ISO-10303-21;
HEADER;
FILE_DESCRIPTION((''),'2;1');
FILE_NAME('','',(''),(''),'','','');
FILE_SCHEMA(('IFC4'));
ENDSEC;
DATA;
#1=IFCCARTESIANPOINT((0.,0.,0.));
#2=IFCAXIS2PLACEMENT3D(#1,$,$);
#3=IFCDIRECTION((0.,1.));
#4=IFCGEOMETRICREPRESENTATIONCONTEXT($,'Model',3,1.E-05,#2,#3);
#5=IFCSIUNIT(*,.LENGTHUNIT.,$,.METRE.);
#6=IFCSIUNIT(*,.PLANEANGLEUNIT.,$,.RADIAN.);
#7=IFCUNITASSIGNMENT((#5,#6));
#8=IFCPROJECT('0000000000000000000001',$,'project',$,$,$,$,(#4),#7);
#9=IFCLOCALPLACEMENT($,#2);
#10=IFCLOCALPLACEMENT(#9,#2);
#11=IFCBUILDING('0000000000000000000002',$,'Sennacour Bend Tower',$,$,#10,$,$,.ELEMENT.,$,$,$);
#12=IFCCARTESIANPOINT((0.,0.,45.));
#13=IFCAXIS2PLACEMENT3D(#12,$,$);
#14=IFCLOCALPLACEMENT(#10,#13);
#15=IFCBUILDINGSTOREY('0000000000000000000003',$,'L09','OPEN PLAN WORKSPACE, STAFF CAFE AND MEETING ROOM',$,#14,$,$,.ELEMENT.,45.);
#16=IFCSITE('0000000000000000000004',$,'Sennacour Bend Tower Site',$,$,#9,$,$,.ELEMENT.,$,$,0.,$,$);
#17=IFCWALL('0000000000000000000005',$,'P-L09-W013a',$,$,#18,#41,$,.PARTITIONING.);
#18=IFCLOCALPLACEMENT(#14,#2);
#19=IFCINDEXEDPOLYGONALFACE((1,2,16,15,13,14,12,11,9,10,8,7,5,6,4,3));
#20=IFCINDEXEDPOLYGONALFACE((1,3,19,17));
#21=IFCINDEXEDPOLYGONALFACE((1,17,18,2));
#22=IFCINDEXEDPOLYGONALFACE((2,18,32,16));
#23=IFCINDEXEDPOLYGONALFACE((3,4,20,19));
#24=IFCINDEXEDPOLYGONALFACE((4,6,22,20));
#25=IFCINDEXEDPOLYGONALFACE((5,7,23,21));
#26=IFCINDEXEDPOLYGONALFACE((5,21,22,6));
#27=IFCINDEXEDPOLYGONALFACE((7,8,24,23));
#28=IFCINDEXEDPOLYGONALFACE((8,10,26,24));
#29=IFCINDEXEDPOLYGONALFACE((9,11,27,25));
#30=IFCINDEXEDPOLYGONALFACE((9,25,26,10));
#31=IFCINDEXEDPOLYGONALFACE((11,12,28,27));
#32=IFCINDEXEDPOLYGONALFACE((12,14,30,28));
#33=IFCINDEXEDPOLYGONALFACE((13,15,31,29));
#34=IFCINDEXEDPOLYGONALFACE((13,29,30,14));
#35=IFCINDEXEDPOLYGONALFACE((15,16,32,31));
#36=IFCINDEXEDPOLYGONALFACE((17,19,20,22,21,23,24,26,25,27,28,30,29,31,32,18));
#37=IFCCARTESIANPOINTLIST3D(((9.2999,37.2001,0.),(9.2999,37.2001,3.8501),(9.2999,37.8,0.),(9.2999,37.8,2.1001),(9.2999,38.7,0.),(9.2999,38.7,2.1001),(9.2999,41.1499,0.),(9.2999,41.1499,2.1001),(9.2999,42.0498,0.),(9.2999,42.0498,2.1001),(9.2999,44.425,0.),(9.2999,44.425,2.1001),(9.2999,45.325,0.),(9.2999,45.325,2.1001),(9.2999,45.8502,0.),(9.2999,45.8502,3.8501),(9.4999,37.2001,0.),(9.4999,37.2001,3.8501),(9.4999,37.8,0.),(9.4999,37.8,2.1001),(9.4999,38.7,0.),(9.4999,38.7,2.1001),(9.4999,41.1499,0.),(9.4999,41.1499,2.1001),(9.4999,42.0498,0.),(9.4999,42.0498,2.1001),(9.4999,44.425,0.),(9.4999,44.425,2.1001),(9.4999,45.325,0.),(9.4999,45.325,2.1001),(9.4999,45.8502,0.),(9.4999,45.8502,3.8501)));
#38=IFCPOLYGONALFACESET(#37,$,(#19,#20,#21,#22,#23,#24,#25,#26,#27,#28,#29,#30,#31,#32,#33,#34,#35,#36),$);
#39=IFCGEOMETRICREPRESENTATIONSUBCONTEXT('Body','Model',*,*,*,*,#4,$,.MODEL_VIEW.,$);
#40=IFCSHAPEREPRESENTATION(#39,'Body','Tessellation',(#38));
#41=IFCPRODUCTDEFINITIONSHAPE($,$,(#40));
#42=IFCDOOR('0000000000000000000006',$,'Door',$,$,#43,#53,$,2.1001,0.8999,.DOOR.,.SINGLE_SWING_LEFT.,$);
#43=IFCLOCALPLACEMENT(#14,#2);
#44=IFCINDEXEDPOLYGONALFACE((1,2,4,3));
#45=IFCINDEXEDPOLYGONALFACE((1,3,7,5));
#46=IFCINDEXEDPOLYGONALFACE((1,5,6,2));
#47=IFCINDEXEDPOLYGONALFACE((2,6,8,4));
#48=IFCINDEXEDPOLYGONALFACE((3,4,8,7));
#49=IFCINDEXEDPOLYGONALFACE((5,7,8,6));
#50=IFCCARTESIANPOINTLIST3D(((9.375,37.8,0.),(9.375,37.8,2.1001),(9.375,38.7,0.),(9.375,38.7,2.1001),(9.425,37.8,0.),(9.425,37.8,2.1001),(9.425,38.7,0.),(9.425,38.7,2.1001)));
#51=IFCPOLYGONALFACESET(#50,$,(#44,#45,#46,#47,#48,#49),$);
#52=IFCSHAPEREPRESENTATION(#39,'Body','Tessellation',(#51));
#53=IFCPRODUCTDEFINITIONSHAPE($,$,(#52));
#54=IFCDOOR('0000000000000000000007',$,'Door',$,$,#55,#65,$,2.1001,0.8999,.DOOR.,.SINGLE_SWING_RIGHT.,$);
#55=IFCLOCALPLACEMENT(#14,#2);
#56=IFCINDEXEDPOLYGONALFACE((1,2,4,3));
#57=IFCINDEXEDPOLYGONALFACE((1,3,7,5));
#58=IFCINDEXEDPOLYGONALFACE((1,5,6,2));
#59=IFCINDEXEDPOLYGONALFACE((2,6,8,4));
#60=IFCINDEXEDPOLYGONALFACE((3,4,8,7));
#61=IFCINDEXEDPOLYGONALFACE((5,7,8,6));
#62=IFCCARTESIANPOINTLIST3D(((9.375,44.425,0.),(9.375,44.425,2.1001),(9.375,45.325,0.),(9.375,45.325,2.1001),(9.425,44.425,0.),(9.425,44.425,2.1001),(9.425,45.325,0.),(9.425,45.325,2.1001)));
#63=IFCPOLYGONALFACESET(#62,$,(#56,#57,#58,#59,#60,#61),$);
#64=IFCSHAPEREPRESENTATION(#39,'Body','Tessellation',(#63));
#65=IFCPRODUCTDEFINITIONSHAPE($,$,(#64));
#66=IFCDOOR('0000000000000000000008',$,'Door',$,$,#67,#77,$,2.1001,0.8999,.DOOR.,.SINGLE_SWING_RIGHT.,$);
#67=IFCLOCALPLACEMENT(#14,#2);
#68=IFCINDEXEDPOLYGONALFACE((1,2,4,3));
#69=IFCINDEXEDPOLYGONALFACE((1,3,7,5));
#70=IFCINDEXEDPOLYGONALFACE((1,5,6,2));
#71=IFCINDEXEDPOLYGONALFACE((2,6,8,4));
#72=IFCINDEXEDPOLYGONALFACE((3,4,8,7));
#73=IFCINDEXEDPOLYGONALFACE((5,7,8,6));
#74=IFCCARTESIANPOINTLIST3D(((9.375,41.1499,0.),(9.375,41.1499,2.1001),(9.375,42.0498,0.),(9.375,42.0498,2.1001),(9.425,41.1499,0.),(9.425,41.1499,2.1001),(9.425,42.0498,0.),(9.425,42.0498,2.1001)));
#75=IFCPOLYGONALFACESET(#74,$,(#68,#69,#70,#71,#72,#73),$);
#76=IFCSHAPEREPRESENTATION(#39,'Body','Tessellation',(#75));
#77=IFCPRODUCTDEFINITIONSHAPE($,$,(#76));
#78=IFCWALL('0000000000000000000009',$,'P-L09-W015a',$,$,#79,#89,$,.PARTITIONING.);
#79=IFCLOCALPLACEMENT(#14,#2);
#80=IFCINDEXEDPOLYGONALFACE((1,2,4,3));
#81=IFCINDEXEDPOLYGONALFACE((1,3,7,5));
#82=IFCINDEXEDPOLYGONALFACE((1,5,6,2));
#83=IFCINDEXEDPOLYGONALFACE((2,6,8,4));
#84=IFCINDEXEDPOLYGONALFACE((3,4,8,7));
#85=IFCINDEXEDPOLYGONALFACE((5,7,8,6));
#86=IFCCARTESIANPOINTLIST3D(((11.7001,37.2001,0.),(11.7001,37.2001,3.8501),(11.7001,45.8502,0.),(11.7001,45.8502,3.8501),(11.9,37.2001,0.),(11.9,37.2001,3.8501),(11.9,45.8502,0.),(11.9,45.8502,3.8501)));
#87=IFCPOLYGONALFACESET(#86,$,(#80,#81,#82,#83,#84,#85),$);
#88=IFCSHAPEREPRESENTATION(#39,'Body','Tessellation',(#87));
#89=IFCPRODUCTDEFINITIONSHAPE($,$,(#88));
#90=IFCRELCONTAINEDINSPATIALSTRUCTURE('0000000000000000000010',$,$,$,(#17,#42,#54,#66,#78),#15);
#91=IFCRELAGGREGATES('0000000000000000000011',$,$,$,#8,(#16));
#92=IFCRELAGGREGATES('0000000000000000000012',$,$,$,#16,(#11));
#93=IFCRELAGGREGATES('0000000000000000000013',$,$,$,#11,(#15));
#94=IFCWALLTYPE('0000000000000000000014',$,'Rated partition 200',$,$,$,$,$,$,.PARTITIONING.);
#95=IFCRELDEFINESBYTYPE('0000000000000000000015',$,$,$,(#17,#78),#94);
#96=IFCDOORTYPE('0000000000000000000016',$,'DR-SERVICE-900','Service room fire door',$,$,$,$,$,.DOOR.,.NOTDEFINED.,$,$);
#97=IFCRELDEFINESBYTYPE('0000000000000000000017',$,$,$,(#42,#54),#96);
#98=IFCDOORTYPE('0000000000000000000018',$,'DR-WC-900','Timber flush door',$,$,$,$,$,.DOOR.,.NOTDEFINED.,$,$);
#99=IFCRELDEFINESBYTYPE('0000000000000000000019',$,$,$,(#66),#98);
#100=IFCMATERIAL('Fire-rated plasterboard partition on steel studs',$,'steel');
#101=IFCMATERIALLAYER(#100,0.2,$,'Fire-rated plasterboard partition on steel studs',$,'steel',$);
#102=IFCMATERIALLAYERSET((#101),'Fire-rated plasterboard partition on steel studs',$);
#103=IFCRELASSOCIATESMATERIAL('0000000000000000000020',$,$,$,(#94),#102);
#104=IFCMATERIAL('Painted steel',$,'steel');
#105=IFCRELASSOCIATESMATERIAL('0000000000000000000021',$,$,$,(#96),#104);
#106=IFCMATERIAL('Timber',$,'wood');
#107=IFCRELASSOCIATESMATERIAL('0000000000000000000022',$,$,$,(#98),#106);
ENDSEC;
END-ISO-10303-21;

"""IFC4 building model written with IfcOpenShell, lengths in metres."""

from ifc_helpers import new_model, si_unit, direction, frame, frame_2d, origin, place, context, subcontext, project, spatial, rectangle, extrude, material, layer, layer_set, type_object, element, fill, save


model = new_model("IFC4")

# Units and contexts
model_context = context("Model", 3, precision=1e-05, world=origin(), true_north=direction((0.0, 1.0)))
body_context = subcontext(model_context, "Body", "Model", "MODEL_VIEW")
ifc_project = project(units=[si_unit("LENGTHUNIT", "METRE"), si_unit("PLANEANGLEUNIT", "RADIAN")], contexts=[model_context])

# Site, building, storey
site_placement = place(None, origin())
site = spatial("IfcSite", under=ifc_project, at=site_placement, Name="Sennacour Bend Tower Site", CompositionType="ELEMENT", RefElevation=0.0)
building_placement = place(site_placement, origin())
building = spatial("IfcBuilding", under=site, at=building_placement, Name="Sennacour Bend Tower", CompositionType="ELEMENT")
storey_placement = place(building_placement, frame((0.0, 0.0, 45.0)))
storey = spatial("IfcBuildingStorey", under=building, at=storey_placement, Name="L09", Description="OPEN PLAN WORKSPACE, STAFF CAFE AND MEETING ROOM", CompositionType="ELEMENT", Elevation=45.0)

# Shared definitions
ifc_material_1 = material(Name="Painted steel", Category="steel")

# Wall, openings, doors
ifc_material_2 = material(Name="Fire-rated plasterboard partition on steel studs", Category="steel")
ifc_layer_1 = layer(ifc_material_2, 0.2, Name="Fire-rated plasterboard partition on steel studs", Category="steel")
ifc_layer_set_1 = layer_set([ifc_layer_1], Name="Fire-rated plasterboard partition on steel studs")
wall_type_1 = type_object("IfcWallType", Name="Rated partition 200", PredefinedType="PARTITIONING", material=ifc_layer_set_1)
wall_1_placement = place(storey_placement, frame((9.3999, 37.2, 0.0), z_axis=(0.0, 0.0, 1.0), x_axis=(0.0, 1.0, 0.0)))
wall_1 = element("IfcWall", 1, at=wall_1_placement, inside=storey, type_object=wall_type_1, Name="P-L09-W013a", PredefinedType="PARTITIONING", context=body_context, shape_type="SweptSolid", body=[
    extrude(rectangle(XDim=8.6501, YDim=0.2, at=frame_2d((4.3252, 0.0))), origin(), (0.0, 0.0, 1.0), 3.8501),
])
opening_1_placement = place(wall_1_placement, frame((0.6001, 0.0, 0.0)))
opening_1 = element("IfcOpeningElement", 2, at=opening_1_placement, cuts=wall_1, PredefinedType="OPENING", context=body_context, shape_type="SweptSolid", body=[
    extrude(rectangle(XDim=0.8999, YDim=2.1001, at=frame_2d((0.45, 1.05))), frame((0.0, 0.1099, 0.0), z_axis=(0.0, -1.0, 0.0), x_axis=(1.0, 0.0, 0.0)), (0.0, 0.0, 1.0), 0.22),
])
opening_2_placement = place(wall_1_placement, frame((3.95, 0.0, 0.0)))
opening_2 = element("IfcOpeningElement", 3, at=opening_2_placement, cuts=wall_1, PredefinedType="OPENING", context=body_context, shape_type="SweptSolid", body=[
    extrude(rectangle(XDim=0.8999, YDim=2.1001, at=frame_2d((0.45, 1.05))), frame((0.0, 0.1099, 0.0), z_axis=(0.0, -1.0, 0.0), x_axis=(1.0, 0.0, 0.0)), (0.0, 0.0, 1.0), 0.22),
])
opening_3_placement = place(wall_1_placement, frame((7.2251, 0.0, 0.0)))
opening_3 = element("IfcOpeningElement", 4, at=opening_3_placement, cuts=wall_1, PredefinedType="OPENING", context=body_context, shape_type="SweptSolid", body=[
    extrude(rectangle(XDim=0.8999, YDim=2.1001, at=frame_2d((0.45, 1.05))), frame((0.0, 0.1099, 0.0), z_axis=(0.0, -1.0, 0.0), x_axis=(1.0, 0.0, 0.0)), (0.0, 0.0, 1.0), 0.22),
])
door_type_1 = type_object("IfcDoorType", Name="DR-SERVICE-900", Description="Service room fire door", OperationType="NOTDEFINED", PredefinedType="DOOR", material=ifc_material_1)
door_1_placement = place(opening_1_placement, origin())
door_1 = element("IfcDoor", 5, at=door_1_placement, inside=storey, type_object=door_type_1, Name="Door", OperationType="SINGLE_SWING_LEFT", OverallHeight=2.1001, OverallWidth=0.8999, PredefinedType="DOOR", context=body_context, shape_type="SweptSolid", body=[
    extrude(rectangle(XDim=0.8999, YDim=2.1001, at=frame_2d((0.45, 1.05))), frame((0.0, 0.0249, 0.0), z_axis=(0.0, -1.0, 0.0), x_axis=(1.0, 0.0, 0.0)), (0.0, 0.0, 1.0), 0.05),
])
fill(opening_1, door_1)
door_2_placement = place(opening_3_placement, origin())
door_2 = element("IfcDoor", 6, at=door_2_placement, inside=storey, type_object=door_type_1, Name="Door", OperationType="SINGLE_SWING_RIGHT", OverallHeight=2.1001, OverallWidth=0.8999, PredefinedType="DOOR", context=body_context, shape_type="SweptSolid", body=[
    extrude(rectangle(XDim=0.8999, YDim=2.1001, at=frame_2d((0.45, 1.05))), frame((0.0, 0.0249, 0.0), z_axis=(0.0, -1.0, 0.0), x_axis=(1.0, 0.0, 0.0)), (0.0, 0.0, 1.0), 0.05),
])
fill(opening_3, door_2)
ifc_material_3 = material(Name="Timber", Category="wood")
door_type_2 = type_object("IfcDoorType", Name="DR-WC-900", Description="Timber flush door", OperationType="NOTDEFINED", PredefinedType="DOOR", material=ifc_material_3)
door_3_placement = place(opening_2_placement, origin())
door_3 = element("IfcDoor", 7, at=door_3_placement, inside=storey, type_object=door_type_2, Name="Door", OperationType="SINGLE_SWING_RIGHT", OverallHeight=2.1001, OverallWidth=0.8999, PredefinedType="DOOR", context=body_context, shape_type="SweptSolid", body=[
    extrude(rectangle(XDim=0.8999, YDim=2.1001, at=frame_2d((0.45, 1.05))), frame((0.0, 0.0249, 0.0), z_axis=(0.0, -1.0, 0.0), x_axis=(1.0, 0.0, 0.0)), (0.0, 0.0, 1.0), 0.05),
])
fill(opening_2, door_3)

# Wall
wall_2_placement = place(storey_placement, frame((11.8, 37.2, 0.0), z_axis=(0.0, 0.0, 1.0), x_axis=(0.0, 1.0, 0.0)))
element("IfcWall", 8, at=wall_2_placement, inside=storey, type_object=wall_type_1, Name="P-L09-W015a", PredefinedType="PARTITIONING", context=body_context, shape_type="SweptSolid", body=[
    extrude(rectangle(XDim=8.6501, YDim=0.2, at=frame_2d((4.3252, 0.0))), origin(), (0.0, 0.0, 1.0), 3.8501),
])

save(model, "model.ifc")
